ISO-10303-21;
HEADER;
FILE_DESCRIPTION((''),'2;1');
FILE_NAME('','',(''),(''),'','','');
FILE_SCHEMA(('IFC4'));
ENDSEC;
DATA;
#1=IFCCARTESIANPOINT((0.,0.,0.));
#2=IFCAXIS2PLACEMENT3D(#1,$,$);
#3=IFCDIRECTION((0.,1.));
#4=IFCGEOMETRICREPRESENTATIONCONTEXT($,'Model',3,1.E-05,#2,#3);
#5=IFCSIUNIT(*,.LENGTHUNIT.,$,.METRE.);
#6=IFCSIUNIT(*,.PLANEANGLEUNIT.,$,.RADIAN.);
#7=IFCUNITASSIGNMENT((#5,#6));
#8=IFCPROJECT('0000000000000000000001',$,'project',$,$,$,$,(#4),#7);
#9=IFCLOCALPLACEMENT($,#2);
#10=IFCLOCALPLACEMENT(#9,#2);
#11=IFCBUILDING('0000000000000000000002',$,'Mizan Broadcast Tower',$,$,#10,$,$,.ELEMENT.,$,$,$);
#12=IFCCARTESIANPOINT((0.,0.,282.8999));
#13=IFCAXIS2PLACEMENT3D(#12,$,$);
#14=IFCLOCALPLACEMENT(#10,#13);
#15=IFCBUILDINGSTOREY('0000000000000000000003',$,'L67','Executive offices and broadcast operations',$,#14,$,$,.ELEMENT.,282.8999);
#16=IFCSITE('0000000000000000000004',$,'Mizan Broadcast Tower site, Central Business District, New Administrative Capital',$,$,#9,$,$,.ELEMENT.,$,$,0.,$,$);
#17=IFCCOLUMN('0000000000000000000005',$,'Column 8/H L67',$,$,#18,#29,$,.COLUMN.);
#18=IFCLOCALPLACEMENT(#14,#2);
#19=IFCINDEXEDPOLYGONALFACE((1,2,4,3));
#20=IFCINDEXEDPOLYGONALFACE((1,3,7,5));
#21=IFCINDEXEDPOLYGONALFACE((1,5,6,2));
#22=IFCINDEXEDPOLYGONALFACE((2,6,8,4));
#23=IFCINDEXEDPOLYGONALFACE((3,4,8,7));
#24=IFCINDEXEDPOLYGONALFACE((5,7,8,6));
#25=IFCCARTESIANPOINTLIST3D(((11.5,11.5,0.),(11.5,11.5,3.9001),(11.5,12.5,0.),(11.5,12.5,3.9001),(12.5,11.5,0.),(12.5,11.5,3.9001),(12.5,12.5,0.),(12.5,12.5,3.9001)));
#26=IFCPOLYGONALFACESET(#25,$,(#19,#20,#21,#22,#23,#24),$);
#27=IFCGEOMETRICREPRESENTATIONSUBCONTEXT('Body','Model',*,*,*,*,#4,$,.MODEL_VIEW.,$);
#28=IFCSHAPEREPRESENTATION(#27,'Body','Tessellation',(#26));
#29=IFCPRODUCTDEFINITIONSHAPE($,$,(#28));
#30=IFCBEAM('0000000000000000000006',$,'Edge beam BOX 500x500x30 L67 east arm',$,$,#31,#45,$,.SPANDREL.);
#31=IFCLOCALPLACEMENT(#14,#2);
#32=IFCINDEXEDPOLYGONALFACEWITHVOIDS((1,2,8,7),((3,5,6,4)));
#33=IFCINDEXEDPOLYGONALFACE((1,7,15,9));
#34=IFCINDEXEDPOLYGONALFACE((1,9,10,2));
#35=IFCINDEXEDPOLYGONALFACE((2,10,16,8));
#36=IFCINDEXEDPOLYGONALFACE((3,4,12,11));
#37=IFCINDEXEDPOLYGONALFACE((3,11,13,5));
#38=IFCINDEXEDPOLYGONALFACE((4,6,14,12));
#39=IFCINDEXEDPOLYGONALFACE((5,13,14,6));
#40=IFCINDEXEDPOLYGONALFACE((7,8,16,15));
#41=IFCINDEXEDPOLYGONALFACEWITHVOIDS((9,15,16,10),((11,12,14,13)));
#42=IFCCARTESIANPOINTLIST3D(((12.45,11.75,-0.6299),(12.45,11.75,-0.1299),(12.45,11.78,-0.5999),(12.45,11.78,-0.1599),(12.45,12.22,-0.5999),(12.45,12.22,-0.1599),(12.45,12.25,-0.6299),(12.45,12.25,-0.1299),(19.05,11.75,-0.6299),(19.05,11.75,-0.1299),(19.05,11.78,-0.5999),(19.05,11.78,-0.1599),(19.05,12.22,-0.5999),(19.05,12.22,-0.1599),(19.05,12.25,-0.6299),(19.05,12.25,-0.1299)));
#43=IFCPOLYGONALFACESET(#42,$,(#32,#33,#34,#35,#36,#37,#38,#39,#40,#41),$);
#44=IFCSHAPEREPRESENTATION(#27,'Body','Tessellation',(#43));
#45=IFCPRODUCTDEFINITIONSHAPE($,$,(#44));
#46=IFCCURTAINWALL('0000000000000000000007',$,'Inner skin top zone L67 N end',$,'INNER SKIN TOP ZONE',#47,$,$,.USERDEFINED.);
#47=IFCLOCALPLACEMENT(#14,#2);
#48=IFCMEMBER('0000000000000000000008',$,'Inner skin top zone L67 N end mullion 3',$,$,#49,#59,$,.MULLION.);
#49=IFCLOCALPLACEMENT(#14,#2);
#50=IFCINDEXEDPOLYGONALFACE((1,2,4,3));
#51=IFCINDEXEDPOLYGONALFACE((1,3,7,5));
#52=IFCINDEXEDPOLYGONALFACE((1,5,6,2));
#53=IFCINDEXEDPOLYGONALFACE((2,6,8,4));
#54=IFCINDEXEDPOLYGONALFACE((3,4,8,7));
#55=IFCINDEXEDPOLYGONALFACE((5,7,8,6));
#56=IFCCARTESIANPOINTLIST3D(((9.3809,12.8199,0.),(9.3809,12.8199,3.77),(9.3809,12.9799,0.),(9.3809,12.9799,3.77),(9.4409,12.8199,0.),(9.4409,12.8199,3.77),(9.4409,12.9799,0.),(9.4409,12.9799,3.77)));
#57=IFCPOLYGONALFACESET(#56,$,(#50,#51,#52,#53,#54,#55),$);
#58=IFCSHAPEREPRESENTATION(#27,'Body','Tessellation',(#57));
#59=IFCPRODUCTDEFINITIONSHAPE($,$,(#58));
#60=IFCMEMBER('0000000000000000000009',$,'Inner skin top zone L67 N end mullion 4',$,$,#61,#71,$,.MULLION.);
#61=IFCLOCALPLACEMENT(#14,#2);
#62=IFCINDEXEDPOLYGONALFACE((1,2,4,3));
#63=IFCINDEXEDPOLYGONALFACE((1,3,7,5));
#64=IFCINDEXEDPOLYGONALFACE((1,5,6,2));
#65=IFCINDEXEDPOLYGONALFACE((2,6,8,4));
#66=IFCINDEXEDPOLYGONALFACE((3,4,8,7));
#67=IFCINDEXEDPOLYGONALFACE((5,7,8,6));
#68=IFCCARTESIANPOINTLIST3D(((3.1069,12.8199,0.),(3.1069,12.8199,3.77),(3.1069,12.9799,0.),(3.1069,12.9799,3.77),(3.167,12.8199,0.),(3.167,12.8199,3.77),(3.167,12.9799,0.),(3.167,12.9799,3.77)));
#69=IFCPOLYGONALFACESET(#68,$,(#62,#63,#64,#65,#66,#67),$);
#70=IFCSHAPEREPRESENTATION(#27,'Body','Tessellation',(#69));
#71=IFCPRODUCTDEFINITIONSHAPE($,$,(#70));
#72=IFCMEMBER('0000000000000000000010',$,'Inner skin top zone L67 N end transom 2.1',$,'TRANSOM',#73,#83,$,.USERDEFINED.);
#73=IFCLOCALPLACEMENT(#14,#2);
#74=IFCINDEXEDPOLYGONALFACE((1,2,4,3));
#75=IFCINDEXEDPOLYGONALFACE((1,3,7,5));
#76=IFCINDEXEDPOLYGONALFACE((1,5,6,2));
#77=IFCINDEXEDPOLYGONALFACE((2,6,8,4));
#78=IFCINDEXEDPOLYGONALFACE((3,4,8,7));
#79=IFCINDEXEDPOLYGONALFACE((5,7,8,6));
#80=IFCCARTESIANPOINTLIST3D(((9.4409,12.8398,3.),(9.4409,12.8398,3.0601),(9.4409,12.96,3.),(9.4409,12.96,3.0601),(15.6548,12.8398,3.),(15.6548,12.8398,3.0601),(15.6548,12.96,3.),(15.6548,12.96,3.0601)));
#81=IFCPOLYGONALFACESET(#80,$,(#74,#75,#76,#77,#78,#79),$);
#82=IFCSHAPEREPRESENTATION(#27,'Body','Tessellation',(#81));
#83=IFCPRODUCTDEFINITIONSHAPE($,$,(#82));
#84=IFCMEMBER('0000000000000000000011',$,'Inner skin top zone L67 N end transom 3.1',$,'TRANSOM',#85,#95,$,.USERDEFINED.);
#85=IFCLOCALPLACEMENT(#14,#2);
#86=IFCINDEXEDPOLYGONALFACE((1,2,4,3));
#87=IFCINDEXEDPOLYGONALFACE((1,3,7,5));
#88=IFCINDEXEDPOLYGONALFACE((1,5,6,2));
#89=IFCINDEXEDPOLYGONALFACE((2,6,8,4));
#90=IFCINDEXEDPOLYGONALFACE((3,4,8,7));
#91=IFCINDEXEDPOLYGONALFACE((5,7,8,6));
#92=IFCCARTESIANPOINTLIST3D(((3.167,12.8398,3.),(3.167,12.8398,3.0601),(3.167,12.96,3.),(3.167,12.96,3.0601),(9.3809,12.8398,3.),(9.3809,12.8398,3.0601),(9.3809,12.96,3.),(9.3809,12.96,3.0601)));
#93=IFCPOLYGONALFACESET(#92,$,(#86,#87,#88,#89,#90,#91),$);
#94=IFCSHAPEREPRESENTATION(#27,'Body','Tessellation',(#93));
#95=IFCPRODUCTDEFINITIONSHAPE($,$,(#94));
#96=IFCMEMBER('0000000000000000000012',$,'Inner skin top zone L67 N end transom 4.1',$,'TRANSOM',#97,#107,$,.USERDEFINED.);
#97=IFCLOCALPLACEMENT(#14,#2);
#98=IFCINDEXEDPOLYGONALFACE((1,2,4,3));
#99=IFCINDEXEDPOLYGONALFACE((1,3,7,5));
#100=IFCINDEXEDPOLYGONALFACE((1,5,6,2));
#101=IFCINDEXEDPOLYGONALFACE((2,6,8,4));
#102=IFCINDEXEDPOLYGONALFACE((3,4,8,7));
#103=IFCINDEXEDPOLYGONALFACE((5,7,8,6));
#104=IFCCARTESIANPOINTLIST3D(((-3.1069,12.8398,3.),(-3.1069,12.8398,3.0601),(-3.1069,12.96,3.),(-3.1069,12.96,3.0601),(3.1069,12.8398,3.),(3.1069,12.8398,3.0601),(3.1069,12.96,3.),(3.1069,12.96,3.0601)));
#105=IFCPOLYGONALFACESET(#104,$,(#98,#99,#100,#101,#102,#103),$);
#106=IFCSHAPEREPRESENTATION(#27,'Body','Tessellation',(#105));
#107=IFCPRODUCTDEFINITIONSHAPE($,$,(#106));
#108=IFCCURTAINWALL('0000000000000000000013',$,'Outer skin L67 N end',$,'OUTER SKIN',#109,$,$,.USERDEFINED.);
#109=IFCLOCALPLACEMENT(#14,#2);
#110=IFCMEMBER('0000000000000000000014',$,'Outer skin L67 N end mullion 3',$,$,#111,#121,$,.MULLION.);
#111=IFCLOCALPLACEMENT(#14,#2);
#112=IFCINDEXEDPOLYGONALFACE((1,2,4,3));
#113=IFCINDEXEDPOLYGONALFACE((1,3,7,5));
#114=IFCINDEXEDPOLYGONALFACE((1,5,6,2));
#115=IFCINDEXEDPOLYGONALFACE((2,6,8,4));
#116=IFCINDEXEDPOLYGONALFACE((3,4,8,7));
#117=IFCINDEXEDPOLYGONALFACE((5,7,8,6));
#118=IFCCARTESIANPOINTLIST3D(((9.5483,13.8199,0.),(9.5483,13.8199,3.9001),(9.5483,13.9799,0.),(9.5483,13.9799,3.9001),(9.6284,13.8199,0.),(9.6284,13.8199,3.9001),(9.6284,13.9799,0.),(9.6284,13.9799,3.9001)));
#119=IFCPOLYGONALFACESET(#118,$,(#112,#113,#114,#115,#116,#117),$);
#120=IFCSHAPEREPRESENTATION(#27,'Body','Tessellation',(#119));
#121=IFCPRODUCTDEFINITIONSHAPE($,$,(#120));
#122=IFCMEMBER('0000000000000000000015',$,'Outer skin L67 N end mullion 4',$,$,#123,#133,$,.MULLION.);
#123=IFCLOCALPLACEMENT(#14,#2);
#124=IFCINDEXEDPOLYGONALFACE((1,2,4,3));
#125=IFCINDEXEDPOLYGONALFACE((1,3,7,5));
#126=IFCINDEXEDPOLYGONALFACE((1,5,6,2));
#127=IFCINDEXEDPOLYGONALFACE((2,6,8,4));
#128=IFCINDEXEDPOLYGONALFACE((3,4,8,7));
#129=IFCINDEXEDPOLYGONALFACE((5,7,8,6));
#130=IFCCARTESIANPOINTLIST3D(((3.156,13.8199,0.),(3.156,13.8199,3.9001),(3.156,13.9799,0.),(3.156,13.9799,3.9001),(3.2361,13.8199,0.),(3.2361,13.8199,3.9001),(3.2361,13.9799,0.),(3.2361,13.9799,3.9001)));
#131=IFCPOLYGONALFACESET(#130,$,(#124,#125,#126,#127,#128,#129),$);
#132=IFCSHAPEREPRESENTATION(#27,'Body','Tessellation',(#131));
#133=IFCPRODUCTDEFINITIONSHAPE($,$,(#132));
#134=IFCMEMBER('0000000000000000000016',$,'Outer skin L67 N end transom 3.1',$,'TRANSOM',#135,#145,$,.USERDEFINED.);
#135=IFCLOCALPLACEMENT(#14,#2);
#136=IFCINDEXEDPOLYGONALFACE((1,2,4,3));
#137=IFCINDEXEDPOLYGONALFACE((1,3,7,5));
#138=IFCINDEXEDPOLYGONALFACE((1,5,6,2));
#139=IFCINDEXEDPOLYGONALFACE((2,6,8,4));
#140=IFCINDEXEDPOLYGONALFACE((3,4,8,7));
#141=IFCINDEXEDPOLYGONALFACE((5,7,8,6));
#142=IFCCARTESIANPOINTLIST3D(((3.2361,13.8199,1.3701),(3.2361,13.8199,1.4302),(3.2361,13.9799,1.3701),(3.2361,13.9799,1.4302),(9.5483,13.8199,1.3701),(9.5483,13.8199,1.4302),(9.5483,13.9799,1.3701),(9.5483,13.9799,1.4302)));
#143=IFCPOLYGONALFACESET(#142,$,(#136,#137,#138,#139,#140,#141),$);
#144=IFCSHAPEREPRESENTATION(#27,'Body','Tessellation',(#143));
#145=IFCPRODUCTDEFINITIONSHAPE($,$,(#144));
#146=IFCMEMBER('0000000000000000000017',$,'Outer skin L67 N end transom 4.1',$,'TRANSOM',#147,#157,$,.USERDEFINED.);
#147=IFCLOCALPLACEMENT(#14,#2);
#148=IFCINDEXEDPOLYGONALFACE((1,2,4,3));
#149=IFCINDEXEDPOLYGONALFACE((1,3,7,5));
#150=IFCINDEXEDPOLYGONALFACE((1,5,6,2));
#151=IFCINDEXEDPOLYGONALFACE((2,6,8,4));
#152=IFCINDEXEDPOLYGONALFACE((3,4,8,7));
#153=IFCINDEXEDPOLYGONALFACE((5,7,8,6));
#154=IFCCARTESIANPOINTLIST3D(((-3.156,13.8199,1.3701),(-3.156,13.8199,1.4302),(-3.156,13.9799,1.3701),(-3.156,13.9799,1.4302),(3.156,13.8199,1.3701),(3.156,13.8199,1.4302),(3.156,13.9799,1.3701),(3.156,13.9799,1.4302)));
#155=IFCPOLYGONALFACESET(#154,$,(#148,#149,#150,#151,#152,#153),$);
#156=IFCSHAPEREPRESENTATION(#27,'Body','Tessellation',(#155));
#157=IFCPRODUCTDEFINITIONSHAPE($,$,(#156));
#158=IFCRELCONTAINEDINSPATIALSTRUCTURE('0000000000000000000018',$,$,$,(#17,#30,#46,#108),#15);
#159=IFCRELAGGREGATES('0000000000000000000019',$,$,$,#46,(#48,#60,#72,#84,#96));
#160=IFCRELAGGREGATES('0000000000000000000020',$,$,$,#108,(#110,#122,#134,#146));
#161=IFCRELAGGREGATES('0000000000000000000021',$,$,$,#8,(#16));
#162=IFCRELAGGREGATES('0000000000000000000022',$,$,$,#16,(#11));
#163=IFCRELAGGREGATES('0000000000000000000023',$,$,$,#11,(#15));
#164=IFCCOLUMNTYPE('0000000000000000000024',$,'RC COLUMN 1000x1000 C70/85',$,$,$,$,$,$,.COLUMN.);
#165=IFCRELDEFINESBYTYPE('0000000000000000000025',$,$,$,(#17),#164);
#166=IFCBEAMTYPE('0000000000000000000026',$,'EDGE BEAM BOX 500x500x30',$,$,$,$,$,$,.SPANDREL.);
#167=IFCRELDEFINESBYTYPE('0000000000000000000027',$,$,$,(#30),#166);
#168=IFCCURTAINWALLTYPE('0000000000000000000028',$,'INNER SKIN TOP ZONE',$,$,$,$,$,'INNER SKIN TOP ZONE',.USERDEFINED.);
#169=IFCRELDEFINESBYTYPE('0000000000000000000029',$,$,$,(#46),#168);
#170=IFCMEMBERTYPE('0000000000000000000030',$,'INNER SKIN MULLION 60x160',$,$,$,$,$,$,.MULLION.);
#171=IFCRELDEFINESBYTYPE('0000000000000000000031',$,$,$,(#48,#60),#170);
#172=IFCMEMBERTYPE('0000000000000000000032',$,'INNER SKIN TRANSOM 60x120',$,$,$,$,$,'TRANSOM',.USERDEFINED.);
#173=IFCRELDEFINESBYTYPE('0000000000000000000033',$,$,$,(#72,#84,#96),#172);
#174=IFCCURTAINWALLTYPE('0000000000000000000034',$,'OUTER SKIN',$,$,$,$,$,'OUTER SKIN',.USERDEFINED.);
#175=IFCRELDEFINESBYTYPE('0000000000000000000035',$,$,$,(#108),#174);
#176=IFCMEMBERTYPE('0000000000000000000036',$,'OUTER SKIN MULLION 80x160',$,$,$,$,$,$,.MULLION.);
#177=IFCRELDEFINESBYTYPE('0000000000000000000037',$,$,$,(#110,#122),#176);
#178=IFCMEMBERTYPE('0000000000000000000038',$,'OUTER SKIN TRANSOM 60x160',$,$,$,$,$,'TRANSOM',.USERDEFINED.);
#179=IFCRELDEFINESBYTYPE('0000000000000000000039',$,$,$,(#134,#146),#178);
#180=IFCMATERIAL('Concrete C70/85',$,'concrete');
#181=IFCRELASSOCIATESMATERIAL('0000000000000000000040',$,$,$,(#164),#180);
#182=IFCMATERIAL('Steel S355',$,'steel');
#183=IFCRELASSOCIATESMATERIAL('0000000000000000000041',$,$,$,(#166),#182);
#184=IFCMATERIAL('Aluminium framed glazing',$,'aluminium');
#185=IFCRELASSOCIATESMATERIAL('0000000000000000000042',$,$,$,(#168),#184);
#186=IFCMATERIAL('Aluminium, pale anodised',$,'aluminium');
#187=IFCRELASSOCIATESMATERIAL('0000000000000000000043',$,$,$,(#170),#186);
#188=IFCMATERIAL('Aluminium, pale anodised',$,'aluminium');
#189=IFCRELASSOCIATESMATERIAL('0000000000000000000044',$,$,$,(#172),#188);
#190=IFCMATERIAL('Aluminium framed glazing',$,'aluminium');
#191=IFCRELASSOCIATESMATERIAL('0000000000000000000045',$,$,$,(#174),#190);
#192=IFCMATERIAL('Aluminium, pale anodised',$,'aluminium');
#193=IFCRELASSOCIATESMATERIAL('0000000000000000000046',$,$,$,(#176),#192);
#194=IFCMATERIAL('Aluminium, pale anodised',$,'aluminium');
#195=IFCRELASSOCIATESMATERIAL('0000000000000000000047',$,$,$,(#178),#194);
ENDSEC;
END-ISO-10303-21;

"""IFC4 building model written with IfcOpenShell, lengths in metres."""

from ifc_helpers import new_model, si_unit, direction, frame, origin, origin_2d, place, context, subcontext, project, spatial, rectangle, hollow_rectangle, extrude, material, material_profile, profile_set, type_object, element, aggregate, save


model = new_model("IFC4")

# Units and contexts
model_context = context("Model", 3, precision=1e-05, world=origin(), true_north=direction((0.0, 1.0)))
body_context = subcontext(model_context, "Body", "Model", "MODEL_VIEW")
ifc_project = project(units=[si_unit("LENGTHUNIT", "METRE"), si_unit("PLANEANGLEUNIT", "RADIAN")], contexts=[model_context])

# Site, building, storey
site_placement = place(None, origin())
site = spatial("IfcSite", under=ifc_project, at=site_placement, Name="Mizan Broadcast Tower site, Central Business District, New Administrative Capital", CompositionType="ELEMENT", RefElevation=0.0)
building_placement = place(site_placement, origin())
building = spatial("IfcBuilding", under=site, at=building_placement, Name="Mizan Broadcast Tower", CompositionType="ELEMENT")
storey_placement = place(building_placement, frame((0.0, 0.0, 282.8999)))
storey = spatial("IfcBuildingStorey", under=building, at=storey_placement, Name="L67", Description="Executive offices and broadcast operations", CompositionType="ELEMENT", Elevation=282.8999)

# Column
ifc_material_1 = material(Name="Concrete C70/85", Category="concrete")
ifc_material_profile_1 = material_profile(ifc_material_1, rectangle(XDim=1.0, YDim=1.0, at=origin_2d()), Name="RC 1000x1000")
ifc_profile_set_1 = profile_set([ifc_material_profile_1], Name="Concrete C70/85")
column_type = type_object("IfcColumnType", Name="RC COLUMN 1000x1000 C70/85", PredefinedType="COLUMN", material=ifc_profile_set_1)
column_placement = place(storey_placement, frame((12.0, 12.0, 0.0), z_axis=(0.0, 0.0, 1.0), x_axis=(1.0, 0.0, 0.0)))
element("IfcColumn", 1, at=column_placement, inside=storey, type_object=column_type, Name="Column 8/H L67", PredefinedType="COLUMN", context=body_context, shape_type="SweptSolid", body=[
    extrude(rectangle(XDim=1.0, YDim=1.0, at=origin_2d()), origin(), (0.0, 0.0, 1.0), 3.9001),
])

# Beam
ifc_material_2 = material(Name="Steel S355", Category="steel")
ifc_material_profile_2 = material_profile(ifc_material_2, hollow_rectangle(XDim=0.5, YDim=0.5, WallThickness=0.03, at=origin_2d()), Name="BOX 500x500x30")
ifc_profile_set_2 = profile_set([ifc_material_profile_2], Name="Steel S355")
beam_type_1 = type_object("IfcBeamType", Name="EDGE BEAM BOX 500x500x30", PredefinedType="SPANDREL", material=ifc_profile_set_2)
beam_1_placement = place(storey_placement, frame((12.45, 12.0, -0.3799), z_axis=(1.0, 0.0, 0.0), x_axis=(0.0, 1.0, 0.0)))
element("IfcBeam", 2, at=beam_1_placement, inside=storey, type_object=beam_type_1, Name="Edge beam BOX 500x500x30 L67 east arm", PredefinedType="SPANDREL", context=body_context, shape_type="SweptSolid", body=[
    extrude(hollow_rectangle(XDim=0.5, YDim=0.5, WallThickness=0.03, at=origin_2d()), origin(), (0.0, 0.0, 1.0), 6.6001),
])

# Curtain walls, members
ifc_material_3 = material(Name="Aluminium framed glazing", Category="aluminium")
curtain_wall_type_1 = type_object("IfcCurtainWallType", Name="INNER SKIN TOP ZONE", ElementType="INNER SKIN TOP ZONE", PredefinedType="USERDEFINED", material=ifc_material_3)
curtain_wall_1_placement = place(storey_placement, origin())
curtain_wall_1 = element("IfcCurtainWall", 3, at=curtain_wall_1_placement, inside=storey, type_object=curtain_wall_type_1, Name="Inner skin top zone L67 N end", ObjectType="INNER SKIN TOP ZONE", PredefinedType="USERDEFINED")
ifc_material_4 = material(Name="Aluminium, pale anodised", Category="aluminium")
ifc_material_profile_3 = material_profile(ifc_material_4, rectangle(XDim=0.1599, YDim=0.0601, at=origin_2d()), Name="MULLION 160x60")
ifc_profile_set_3 = profile_set([ifc_material_profile_3], Name="Aluminium, pale anodised")
member_type_1 = type_object("IfcMemberType", Name="INNER SKIN MULLION 60x160", PredefinedType="MULLION", material=ifc_profile_set_3)
member_1_placement = place(storey_placement, frame((9.4109, 12.8999, 0.0), z_axis=(0.0, 0.0, 1.0), x_axis=(0.0, -1.0, 0.0)))
member_1 = element("IfcMember", 4, at=member_1_placement, type_object=member_type_1, Name="Inner skin top zone L67 N end mullion 3", PredefinedType="MULLION", context=body_context, shape_type="SweptSolid", body=[
    extrude(rectangle(XDim=0.1599, YDim=0.0601, at=origin_2d()), origin(), (0.0, 0.0, 1.0), 3.77),
])
member_2_placement = place(storey_placement, frame((3.137, 12.8999, 0.0), z_axis=(0.0, 0.0, 1.0), x_axis=(0.0, -1.0, 0.0)))
member_2 = element("IfcMember", 5, at=member_2_placement, type_object=member_type_1, Name="Inner skin top zone L67 N end mullion 4", PredefinedType="MULLION", context=body_context, shape_type="SweptSolid", body=[
    extrude(rectangle(XDim=0.1599, YDim=0.0601, at=origin_2d()), origin(), (0.0, 0.0, 1.0), 3.77),
])
ifc_material_5 = material(Name="Aluminium, pale anodised", Category="aluminium")
ifc_material_profile_4 = material_profile(ifc_material_5, rectangle(XDim=0.1201, YDim=0.0601, at=origin_2d()), Name="TRANSOM 120x60")
ifc_profile_set_4 = profile_set([ifc_material_profile_4], Name="Aluminium, pale anodised")
member_type_2 = type_object("IfcMemberType", Name="INNER SKIN TRANSOM 60x120", ElementType="TRANSOM", PredefinedType="USERDEFINED", material=ifc_profile_set_4)
member_3_placement = place(storey_placement, frame((15.6548, 12.8999, 3.03), z_axis=(-1.0, 0.0, 0.0), x_axis=(0.0, -1.0, 0.0)))
member_3 = element("IfcMember", 6, at=member_3_placement, type_object=member_type_2, Name="Inner skin top zone L67 N end transom 2.1", ObjectType="TRANSOM", PredefinedType="USERDEFINED", context=body_context, shape_type="SweptSolid", body=[
    extrude(rectangle(XDim=0.1201, YDim=0.0601, at=origin_2d()), origin(), (0.0, 0.0, 1.0), 6.2139),
])
member_4_placement = place(storey_placement, frame((9.3809, 12.8999, 3.03), z_axis=(-1.0, 0.0, 0.0), x_axis=(0.0, -1.0, 0.0)))
member_4 = element("IfcMember", 7, at=member_4_placement, type_object=member_type_2, Name="Inner skin top zone L67 N end transom 3.1", ObjectType="TRANSOM", PredefinedType="USERDEFINED", context=body_context, shape_type="SweptSolid", body=[
    extrude(rectangle(XDim=0.1201, YDim=0.0601, at=origin_2d()), origin(), (0.0, 0.0, 1.0), 6.2139),
])
member_5_placement = place(storey_placement, frame((3.1069, 12.8999, 3.03), z_axis=(-1.0, 0.0, 0.0), x_axis=(0.0, -1.0, 0.0)))
member_5 = element("IfcMember", 8, at=member_5_placement, type_object=member_type_2, Name="Inner skin top zone L67 N end transom 4.1", ObjectType="TRANSOM", PredefinedType="USERDEFINED", context=body_context, shape_type="SweptSolid", body=[
    extrude(rectangle(XDim=0.1201, YDim=0.0601, at=origin_2d()), origin(), (0.0, 0.0, 1.0), 6.2139),
])
ifc_material_6 = material(Name="Aluminium framed glazing", Category="aluminium")
curtain_wall_type_2 = type_object("IfcCurtainWallType", Name="OUTER SKIN", ElementType="OUTER SKIN", PredefinedType="USERDEFINED", material=ifc_material_6)
curtain_wall_2_placement = place(storey_placement, origin())
curtain_wall_2 = element("IfcCurtainWall", 9, at=curtain_wall_2_placement, inside=storey, type_object=curtain_wall_type_2, Name="Outer skin L67 N end", ObjectType="OUTER SKIN", PredefinedType="USERDEFINED")
ifc_material_7 = material(Name="Aluminium, pale anodised", Category="aluminium")
ifc_material_profile_5 = material_profile(ifc_material_7, rectangle(XDim=0.1599, YDim=0.0801, at=origin_2d()), Name="MULLION 160x80")
ifc_profile_set_5 = profile_set([ifc_material_profile_5], Name="Aluminium, pale anodised")
member_type_3 = type_object("IfcMemberType", Name="OUTER SKIN MULLION 80x160", PredefinedType="MULLION", material=ifc_profile_set_5)
member_6_placement = place(storey_placement, frame((9.5884, 13.8999, 0.0), z_axis=(0.0, 0.0, 1.0), x_axis=(0.0, -1.0, 0.0)))
member_6 = element("IfcMember", 10, at=member_6_placement, type_object=member_type_3, Name="Outer skin L67 N end mullion 3", PredefinedType="MULLION", context=body_context, shape_type="SweptSolid", body=[
    extrude(rectangle(XDim=0.1599, YDim=0.0801, at=origin_2d()), origin(), (0.0, 0.0, 1.0), 3.9001),
])
member_7_placement = place(storey_placement, frame((3.196, 13.8999, 0.0), z_axis=(0.0, 0.0, 1.0), x_axis=(0.0, -1.0, 0.0)))
member_7 = element("IfcMember", 11, at=member_7_placement, type_object=member_type_3, Name="Outer skin L67 N end mullion 4", PredefinedType="MULLION", context=body_context, shape_type="SweptSolid", body=[
    extrude(rectangle(XDim=0.1599, YDim=0.0801, at=origin_2d()), origin(), (0.0, 0.0, 1.0), 3.9001),
])
ifc_material_8 = material(Name="Aluminium, pale anodised", Category="aluminium")
ifc_material_profile_6 = material_profile(ifc_material_8, rectangle(XDim=0.1599, YDim=0.0601, at=origin_2d()), Name="TRANSOM 160x60")
ifc_profile_set_6 = profile_set([ifc_material_profile_6], Name="Aluminium, pale anodised")
member_type_4 = type_object("IfcMemberType", Name="OUTER SKIN TRANSOM 60x160", ElementType="TRANSOM", PredefinedType="USERDEFINED", material=ifc_profile_set_6)
member_8_placement = place(storey_placement, frame((9.5483, 13.8999, 1.4001), z_axis=(-1.0, 0.0, 0.0), x_axis=(0.0, -1.0, 0.0)))
member_8 = element("IfcMember", 12, at=member_8_placement, type_object=member_type_4, Name="Outer skin L67 N end transom 3.1", ObjectType="TRANSOM", PredefinedType="USERDEFINED", context=body_context, shape_type="SweptSolid", body=[
    extrude(rectangle(XDim=0.1599, YDim=0.0601, at=origin_2d()), origin(), (0.0, 0.0, 1.0), 6.3123),
])
member_9_placement = place(storey_placement, frame((3.156, 13.8999, 1.4001), z_axis=(-1.0, 0.0, 0.0), x_axis=(0.0, -1.0, 0.0)))
member_9 = element("IfcMember", 13, at=member_9_placement, type_object=member_type_4, Name="Outer skin L67 N end transom 4.1", ObjectType="TRANSOM", PredefinedType="USERDEFINED", context=body_context, shape_type="SweptSolid", body=[
    extrude(rectangle(XDim=0.1599, YDim=0.0601, at=origin_2d()), origin(), (0.0, 0.0, 1.0), 6.312),
])

aggregate(curtain_wall_1, [member_1, member_2, member_3, member_4, member_5])
aggregate(curtain_wall_2, [member_6, member_7, member_8, member_9])

save(model, "model.ifc")
